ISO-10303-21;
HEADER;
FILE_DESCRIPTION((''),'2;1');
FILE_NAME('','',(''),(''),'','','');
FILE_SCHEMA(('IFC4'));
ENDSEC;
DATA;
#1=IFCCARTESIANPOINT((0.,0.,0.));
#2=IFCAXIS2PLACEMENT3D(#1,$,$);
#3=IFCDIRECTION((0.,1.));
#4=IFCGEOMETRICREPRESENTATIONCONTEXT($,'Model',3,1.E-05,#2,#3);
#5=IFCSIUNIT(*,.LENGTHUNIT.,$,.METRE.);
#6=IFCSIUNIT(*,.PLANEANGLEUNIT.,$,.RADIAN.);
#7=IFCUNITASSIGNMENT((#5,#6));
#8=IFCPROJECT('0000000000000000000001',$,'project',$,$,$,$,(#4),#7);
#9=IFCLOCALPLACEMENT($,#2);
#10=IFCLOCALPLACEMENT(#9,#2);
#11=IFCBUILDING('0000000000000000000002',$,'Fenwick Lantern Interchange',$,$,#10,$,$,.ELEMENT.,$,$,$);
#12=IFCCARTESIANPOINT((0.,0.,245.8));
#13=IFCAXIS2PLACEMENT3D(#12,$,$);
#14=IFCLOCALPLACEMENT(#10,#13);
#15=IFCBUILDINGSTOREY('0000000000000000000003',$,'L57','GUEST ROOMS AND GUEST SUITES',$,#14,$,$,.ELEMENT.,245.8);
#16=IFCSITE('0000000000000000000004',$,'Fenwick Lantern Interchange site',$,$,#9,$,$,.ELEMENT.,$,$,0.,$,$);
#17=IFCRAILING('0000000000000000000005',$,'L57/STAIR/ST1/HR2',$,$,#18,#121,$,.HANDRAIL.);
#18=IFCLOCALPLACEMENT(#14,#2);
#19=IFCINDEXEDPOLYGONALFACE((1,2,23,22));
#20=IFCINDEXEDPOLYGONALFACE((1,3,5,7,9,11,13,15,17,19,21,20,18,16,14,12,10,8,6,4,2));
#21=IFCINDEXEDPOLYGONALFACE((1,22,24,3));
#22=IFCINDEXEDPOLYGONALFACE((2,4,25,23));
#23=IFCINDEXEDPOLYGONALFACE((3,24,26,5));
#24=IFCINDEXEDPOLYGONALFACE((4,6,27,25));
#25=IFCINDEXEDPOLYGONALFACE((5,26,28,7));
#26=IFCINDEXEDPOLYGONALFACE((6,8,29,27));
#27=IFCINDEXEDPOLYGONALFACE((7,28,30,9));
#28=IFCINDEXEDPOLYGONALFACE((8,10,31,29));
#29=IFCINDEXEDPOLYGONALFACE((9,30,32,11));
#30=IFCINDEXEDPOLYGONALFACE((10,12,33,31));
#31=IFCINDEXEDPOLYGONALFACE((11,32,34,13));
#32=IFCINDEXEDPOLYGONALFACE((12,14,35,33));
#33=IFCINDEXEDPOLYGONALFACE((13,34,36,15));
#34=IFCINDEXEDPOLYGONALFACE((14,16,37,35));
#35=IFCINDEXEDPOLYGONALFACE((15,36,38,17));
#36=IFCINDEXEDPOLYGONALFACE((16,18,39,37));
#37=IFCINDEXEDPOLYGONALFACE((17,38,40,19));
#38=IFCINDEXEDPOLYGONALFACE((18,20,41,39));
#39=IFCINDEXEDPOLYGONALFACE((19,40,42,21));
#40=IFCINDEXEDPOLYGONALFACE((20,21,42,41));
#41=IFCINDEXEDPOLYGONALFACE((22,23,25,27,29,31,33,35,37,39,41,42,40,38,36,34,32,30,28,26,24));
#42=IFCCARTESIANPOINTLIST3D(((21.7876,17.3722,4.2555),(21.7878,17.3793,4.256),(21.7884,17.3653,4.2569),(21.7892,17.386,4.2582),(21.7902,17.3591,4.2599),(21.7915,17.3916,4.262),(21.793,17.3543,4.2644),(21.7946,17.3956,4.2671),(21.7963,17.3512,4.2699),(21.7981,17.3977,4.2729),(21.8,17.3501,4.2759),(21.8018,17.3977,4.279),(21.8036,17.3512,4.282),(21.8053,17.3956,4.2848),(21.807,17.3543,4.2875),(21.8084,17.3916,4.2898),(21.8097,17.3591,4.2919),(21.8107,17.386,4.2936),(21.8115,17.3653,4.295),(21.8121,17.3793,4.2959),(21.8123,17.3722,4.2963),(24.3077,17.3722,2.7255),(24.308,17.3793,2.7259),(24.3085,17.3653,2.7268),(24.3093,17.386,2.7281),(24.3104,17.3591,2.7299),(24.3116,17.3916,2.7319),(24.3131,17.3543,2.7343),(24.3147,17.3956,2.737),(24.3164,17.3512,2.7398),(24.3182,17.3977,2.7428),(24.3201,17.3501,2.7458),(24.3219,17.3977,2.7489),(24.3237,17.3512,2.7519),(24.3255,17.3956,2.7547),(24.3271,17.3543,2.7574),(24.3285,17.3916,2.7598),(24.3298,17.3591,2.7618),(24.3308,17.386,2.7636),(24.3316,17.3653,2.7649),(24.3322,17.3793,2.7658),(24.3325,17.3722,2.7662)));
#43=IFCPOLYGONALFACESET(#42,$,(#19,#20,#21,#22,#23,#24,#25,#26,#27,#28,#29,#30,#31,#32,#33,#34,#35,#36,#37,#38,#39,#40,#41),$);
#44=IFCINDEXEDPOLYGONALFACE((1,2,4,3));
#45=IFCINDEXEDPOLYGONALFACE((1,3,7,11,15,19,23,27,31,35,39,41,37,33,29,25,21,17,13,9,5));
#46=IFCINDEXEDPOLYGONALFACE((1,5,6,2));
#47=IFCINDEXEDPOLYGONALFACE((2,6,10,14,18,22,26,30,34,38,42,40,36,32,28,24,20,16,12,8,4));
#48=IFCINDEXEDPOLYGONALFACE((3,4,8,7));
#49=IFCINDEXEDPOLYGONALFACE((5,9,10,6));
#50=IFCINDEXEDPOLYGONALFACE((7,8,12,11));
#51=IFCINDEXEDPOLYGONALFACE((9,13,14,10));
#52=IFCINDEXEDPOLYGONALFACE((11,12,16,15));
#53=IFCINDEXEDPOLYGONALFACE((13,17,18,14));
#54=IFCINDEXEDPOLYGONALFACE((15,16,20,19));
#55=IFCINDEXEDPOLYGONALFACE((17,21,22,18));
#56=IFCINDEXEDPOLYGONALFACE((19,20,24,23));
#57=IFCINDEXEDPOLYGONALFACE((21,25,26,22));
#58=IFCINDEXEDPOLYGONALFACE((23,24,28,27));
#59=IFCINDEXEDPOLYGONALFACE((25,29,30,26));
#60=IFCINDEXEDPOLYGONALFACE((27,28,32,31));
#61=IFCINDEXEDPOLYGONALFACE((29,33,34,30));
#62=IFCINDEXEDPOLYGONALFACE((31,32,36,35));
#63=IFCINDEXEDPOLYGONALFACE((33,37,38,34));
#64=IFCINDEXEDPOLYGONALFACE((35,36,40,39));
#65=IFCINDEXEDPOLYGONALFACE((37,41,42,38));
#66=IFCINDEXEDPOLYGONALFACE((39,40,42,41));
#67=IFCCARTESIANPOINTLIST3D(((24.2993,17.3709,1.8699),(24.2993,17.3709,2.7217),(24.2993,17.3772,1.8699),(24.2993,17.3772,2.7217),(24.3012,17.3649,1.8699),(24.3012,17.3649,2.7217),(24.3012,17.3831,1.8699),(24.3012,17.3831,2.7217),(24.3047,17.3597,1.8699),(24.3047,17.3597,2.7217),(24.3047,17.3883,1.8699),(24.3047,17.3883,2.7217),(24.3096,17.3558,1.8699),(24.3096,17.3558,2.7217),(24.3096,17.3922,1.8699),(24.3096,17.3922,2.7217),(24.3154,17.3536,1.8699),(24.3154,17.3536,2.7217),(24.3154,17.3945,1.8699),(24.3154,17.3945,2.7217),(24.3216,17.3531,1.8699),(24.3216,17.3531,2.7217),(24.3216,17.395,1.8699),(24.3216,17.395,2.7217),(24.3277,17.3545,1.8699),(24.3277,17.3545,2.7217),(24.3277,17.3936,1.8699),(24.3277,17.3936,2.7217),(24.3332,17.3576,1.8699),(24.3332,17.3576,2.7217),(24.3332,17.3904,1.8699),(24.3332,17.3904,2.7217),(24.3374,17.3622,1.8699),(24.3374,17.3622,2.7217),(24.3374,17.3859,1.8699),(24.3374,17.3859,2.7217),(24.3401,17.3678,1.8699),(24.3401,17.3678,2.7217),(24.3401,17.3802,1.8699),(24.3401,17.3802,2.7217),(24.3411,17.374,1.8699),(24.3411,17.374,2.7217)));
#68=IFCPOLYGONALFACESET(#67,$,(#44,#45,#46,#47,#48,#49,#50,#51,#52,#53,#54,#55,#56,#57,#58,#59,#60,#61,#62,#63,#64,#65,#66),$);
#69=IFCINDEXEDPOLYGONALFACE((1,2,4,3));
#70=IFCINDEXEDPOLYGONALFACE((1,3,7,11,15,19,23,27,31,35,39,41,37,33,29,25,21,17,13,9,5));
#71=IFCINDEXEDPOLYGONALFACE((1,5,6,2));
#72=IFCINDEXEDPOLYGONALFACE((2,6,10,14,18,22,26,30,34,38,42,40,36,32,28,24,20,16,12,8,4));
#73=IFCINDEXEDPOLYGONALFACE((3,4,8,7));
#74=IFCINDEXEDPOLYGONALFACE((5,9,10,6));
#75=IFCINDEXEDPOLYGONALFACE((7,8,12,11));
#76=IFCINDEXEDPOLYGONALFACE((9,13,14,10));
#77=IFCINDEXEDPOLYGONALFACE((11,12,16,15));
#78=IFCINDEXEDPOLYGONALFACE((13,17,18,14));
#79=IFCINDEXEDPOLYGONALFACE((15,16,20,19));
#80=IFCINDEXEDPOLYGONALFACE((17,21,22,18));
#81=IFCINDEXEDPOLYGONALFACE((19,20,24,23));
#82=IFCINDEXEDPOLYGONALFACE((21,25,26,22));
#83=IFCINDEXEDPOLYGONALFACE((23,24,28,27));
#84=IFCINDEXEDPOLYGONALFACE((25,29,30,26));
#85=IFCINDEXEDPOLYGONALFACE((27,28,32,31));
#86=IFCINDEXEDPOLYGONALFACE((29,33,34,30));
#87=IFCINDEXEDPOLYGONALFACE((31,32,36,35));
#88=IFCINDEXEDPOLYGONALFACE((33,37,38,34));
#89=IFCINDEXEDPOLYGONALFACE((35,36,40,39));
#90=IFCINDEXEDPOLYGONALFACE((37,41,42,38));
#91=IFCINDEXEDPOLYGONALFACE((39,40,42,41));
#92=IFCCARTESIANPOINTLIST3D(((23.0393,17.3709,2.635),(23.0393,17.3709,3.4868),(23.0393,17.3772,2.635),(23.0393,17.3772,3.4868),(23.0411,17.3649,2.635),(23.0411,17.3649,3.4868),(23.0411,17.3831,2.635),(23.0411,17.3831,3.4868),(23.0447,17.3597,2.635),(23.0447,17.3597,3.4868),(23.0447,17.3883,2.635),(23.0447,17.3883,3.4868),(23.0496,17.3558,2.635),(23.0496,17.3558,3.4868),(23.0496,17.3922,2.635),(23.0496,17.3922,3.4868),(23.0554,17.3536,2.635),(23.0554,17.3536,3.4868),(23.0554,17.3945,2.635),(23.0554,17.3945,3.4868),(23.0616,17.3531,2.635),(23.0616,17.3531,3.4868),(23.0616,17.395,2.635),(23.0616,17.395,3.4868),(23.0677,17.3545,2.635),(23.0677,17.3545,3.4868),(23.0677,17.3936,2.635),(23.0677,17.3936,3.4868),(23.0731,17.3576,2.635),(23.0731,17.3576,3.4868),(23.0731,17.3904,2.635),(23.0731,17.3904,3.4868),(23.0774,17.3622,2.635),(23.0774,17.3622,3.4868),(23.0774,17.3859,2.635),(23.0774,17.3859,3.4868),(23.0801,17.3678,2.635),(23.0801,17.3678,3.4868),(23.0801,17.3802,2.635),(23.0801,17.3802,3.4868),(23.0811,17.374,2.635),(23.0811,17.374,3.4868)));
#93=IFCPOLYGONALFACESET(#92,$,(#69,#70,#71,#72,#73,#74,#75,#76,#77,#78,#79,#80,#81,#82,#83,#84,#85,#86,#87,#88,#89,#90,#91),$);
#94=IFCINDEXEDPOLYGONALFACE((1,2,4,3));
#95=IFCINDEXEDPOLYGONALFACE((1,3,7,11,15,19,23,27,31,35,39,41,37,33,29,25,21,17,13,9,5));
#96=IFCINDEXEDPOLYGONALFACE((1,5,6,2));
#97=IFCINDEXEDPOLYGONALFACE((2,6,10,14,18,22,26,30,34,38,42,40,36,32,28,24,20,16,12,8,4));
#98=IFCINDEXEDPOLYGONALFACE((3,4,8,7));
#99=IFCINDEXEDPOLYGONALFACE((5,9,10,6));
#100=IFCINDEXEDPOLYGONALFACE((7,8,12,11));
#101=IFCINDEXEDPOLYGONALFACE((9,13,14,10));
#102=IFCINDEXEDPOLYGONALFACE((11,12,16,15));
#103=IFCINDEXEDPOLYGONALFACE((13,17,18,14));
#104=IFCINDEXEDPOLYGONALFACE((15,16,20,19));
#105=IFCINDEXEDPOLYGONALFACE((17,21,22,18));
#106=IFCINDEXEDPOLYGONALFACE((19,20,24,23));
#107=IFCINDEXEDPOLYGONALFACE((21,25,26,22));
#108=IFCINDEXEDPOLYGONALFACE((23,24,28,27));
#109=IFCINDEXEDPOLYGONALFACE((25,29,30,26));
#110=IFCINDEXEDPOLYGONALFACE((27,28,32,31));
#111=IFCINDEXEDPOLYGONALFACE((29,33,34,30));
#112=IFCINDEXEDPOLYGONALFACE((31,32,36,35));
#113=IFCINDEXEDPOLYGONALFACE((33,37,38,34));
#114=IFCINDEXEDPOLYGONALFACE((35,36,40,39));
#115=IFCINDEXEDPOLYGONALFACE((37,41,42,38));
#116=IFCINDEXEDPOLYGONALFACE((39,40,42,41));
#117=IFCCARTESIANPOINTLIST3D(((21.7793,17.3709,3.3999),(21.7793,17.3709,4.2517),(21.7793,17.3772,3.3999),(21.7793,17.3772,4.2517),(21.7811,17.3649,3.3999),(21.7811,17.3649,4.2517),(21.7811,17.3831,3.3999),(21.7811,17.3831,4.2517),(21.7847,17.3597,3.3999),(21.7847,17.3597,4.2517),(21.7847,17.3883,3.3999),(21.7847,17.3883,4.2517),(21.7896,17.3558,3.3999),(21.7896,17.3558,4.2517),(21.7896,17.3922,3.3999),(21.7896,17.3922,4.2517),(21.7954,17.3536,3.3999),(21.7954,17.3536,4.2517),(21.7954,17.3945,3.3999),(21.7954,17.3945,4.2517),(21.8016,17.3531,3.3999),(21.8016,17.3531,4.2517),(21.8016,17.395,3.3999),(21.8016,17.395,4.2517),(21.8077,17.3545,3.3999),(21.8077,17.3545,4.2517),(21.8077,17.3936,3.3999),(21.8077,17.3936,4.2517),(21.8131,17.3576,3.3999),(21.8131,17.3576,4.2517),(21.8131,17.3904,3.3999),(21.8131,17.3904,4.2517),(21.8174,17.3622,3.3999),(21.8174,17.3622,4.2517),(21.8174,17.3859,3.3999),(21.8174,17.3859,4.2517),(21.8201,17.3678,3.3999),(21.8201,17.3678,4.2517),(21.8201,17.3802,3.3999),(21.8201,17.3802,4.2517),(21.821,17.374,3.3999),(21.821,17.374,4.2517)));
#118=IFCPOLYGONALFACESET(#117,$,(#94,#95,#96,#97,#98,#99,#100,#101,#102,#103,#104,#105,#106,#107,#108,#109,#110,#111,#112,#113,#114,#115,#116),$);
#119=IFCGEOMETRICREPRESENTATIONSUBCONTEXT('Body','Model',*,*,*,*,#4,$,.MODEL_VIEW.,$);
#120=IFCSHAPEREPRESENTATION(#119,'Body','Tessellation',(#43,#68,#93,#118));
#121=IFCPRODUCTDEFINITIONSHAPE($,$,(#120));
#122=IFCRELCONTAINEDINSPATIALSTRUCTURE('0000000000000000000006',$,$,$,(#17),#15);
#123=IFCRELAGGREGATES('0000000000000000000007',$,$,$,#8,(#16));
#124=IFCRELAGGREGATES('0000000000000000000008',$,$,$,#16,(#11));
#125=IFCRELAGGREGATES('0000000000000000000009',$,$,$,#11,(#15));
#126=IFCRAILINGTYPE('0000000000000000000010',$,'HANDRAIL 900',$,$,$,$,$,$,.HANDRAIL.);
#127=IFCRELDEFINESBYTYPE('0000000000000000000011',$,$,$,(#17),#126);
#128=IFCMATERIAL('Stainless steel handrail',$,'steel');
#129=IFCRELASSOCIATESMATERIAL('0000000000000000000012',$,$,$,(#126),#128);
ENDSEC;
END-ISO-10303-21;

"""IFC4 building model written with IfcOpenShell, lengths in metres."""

from ifc_helpers import new_model, si_unit, direction, frame, origin, origin_2d, place, context, subcontext, project, spatial, circle, extrude, material, type_object, element, save


model = new_model("IFC4")

# Units and contexts
model_context = context("Model", 3, precision=1e-05, world=origin(), true_north=direction((0.0, 1.0)))
body_context = subcontext(model_context, "Body", "Model", "MODEL_VIEW")
ifc_project = project(units=[si_unit("LENGTHUNIT", "METRE"), si_unit("PLANEANGLEUNIT", "RADIAN")], contexts=[model_context])

# Site, building, storey
site_placement = place(None, origin())
site = spatial("IfcSite", under=ifc_project, at=site_placement, Name="Fenwick Lantern Interchange site", CompositionType="ELEMENT", RefElevation=0.0)
building_placement = place(site_placement, origin())
building = spatial("IfcBuilding", under=site, at=building_placement, Name="Fenwick Lantern Interchange", CompositionType="ELEMENT")
storey_placement = place(building_placement, frame((0.0, 0.0, 245.8)))
storey = spatial("IfcBuildingStorey", under=building, at=storey_placement, Name="L57", Description="GUEST ROOMS AND GUEST SUITES", CompositionType="ELEMENT", Elevation=245.8)

# Railing
ifc_material_1 = material(Name="Stainless steel handrail", Category="steel")
railing_type = type_object("IfcRailingType", Name="HANDRAIL 900", PredefinedType="HANDRAIL", material=ifc_material_1)
railing_1_placement = place(storey_placement, frame((24.3201, 17.374, 1.8699)))
element("IfcRailing", 1, at=railing_1_placement, inside=storey, type_object=railing_type, Name="L57/STAIR/ST1/HR2", PredefinedType="HANDRAIL", context=body_context, shape_type="SweptSolid", body=[
    extrude(circle(Radius=0.0239, at=origin_2d()), frame((0.0, 0.0, 0.876), z_axis=(-0.854785, 0.0, 0.518982), x_axis=(0.0, -1.0, 0.0)), (0.0, 0.0, 1.0), 2.9482),
    extrude(circle(Radius=0.021, at=origin_2d()), origin(), (0.0, 0.0, 1.0), 0.8518),
    extrude(circle(Radius=0.021, at=origin_2d()), frame((-1.26, 0.0, 0.7651)), (0.0, 0.0, 1.0), 0.8518),
    extrude(circle(Radius=0.021, at=origin_2d()), frame((-2.52, 0.0, 1.53)), (0.0, 0.0, 1.0), 0.8518),
])

save(model, "model.ifc")
